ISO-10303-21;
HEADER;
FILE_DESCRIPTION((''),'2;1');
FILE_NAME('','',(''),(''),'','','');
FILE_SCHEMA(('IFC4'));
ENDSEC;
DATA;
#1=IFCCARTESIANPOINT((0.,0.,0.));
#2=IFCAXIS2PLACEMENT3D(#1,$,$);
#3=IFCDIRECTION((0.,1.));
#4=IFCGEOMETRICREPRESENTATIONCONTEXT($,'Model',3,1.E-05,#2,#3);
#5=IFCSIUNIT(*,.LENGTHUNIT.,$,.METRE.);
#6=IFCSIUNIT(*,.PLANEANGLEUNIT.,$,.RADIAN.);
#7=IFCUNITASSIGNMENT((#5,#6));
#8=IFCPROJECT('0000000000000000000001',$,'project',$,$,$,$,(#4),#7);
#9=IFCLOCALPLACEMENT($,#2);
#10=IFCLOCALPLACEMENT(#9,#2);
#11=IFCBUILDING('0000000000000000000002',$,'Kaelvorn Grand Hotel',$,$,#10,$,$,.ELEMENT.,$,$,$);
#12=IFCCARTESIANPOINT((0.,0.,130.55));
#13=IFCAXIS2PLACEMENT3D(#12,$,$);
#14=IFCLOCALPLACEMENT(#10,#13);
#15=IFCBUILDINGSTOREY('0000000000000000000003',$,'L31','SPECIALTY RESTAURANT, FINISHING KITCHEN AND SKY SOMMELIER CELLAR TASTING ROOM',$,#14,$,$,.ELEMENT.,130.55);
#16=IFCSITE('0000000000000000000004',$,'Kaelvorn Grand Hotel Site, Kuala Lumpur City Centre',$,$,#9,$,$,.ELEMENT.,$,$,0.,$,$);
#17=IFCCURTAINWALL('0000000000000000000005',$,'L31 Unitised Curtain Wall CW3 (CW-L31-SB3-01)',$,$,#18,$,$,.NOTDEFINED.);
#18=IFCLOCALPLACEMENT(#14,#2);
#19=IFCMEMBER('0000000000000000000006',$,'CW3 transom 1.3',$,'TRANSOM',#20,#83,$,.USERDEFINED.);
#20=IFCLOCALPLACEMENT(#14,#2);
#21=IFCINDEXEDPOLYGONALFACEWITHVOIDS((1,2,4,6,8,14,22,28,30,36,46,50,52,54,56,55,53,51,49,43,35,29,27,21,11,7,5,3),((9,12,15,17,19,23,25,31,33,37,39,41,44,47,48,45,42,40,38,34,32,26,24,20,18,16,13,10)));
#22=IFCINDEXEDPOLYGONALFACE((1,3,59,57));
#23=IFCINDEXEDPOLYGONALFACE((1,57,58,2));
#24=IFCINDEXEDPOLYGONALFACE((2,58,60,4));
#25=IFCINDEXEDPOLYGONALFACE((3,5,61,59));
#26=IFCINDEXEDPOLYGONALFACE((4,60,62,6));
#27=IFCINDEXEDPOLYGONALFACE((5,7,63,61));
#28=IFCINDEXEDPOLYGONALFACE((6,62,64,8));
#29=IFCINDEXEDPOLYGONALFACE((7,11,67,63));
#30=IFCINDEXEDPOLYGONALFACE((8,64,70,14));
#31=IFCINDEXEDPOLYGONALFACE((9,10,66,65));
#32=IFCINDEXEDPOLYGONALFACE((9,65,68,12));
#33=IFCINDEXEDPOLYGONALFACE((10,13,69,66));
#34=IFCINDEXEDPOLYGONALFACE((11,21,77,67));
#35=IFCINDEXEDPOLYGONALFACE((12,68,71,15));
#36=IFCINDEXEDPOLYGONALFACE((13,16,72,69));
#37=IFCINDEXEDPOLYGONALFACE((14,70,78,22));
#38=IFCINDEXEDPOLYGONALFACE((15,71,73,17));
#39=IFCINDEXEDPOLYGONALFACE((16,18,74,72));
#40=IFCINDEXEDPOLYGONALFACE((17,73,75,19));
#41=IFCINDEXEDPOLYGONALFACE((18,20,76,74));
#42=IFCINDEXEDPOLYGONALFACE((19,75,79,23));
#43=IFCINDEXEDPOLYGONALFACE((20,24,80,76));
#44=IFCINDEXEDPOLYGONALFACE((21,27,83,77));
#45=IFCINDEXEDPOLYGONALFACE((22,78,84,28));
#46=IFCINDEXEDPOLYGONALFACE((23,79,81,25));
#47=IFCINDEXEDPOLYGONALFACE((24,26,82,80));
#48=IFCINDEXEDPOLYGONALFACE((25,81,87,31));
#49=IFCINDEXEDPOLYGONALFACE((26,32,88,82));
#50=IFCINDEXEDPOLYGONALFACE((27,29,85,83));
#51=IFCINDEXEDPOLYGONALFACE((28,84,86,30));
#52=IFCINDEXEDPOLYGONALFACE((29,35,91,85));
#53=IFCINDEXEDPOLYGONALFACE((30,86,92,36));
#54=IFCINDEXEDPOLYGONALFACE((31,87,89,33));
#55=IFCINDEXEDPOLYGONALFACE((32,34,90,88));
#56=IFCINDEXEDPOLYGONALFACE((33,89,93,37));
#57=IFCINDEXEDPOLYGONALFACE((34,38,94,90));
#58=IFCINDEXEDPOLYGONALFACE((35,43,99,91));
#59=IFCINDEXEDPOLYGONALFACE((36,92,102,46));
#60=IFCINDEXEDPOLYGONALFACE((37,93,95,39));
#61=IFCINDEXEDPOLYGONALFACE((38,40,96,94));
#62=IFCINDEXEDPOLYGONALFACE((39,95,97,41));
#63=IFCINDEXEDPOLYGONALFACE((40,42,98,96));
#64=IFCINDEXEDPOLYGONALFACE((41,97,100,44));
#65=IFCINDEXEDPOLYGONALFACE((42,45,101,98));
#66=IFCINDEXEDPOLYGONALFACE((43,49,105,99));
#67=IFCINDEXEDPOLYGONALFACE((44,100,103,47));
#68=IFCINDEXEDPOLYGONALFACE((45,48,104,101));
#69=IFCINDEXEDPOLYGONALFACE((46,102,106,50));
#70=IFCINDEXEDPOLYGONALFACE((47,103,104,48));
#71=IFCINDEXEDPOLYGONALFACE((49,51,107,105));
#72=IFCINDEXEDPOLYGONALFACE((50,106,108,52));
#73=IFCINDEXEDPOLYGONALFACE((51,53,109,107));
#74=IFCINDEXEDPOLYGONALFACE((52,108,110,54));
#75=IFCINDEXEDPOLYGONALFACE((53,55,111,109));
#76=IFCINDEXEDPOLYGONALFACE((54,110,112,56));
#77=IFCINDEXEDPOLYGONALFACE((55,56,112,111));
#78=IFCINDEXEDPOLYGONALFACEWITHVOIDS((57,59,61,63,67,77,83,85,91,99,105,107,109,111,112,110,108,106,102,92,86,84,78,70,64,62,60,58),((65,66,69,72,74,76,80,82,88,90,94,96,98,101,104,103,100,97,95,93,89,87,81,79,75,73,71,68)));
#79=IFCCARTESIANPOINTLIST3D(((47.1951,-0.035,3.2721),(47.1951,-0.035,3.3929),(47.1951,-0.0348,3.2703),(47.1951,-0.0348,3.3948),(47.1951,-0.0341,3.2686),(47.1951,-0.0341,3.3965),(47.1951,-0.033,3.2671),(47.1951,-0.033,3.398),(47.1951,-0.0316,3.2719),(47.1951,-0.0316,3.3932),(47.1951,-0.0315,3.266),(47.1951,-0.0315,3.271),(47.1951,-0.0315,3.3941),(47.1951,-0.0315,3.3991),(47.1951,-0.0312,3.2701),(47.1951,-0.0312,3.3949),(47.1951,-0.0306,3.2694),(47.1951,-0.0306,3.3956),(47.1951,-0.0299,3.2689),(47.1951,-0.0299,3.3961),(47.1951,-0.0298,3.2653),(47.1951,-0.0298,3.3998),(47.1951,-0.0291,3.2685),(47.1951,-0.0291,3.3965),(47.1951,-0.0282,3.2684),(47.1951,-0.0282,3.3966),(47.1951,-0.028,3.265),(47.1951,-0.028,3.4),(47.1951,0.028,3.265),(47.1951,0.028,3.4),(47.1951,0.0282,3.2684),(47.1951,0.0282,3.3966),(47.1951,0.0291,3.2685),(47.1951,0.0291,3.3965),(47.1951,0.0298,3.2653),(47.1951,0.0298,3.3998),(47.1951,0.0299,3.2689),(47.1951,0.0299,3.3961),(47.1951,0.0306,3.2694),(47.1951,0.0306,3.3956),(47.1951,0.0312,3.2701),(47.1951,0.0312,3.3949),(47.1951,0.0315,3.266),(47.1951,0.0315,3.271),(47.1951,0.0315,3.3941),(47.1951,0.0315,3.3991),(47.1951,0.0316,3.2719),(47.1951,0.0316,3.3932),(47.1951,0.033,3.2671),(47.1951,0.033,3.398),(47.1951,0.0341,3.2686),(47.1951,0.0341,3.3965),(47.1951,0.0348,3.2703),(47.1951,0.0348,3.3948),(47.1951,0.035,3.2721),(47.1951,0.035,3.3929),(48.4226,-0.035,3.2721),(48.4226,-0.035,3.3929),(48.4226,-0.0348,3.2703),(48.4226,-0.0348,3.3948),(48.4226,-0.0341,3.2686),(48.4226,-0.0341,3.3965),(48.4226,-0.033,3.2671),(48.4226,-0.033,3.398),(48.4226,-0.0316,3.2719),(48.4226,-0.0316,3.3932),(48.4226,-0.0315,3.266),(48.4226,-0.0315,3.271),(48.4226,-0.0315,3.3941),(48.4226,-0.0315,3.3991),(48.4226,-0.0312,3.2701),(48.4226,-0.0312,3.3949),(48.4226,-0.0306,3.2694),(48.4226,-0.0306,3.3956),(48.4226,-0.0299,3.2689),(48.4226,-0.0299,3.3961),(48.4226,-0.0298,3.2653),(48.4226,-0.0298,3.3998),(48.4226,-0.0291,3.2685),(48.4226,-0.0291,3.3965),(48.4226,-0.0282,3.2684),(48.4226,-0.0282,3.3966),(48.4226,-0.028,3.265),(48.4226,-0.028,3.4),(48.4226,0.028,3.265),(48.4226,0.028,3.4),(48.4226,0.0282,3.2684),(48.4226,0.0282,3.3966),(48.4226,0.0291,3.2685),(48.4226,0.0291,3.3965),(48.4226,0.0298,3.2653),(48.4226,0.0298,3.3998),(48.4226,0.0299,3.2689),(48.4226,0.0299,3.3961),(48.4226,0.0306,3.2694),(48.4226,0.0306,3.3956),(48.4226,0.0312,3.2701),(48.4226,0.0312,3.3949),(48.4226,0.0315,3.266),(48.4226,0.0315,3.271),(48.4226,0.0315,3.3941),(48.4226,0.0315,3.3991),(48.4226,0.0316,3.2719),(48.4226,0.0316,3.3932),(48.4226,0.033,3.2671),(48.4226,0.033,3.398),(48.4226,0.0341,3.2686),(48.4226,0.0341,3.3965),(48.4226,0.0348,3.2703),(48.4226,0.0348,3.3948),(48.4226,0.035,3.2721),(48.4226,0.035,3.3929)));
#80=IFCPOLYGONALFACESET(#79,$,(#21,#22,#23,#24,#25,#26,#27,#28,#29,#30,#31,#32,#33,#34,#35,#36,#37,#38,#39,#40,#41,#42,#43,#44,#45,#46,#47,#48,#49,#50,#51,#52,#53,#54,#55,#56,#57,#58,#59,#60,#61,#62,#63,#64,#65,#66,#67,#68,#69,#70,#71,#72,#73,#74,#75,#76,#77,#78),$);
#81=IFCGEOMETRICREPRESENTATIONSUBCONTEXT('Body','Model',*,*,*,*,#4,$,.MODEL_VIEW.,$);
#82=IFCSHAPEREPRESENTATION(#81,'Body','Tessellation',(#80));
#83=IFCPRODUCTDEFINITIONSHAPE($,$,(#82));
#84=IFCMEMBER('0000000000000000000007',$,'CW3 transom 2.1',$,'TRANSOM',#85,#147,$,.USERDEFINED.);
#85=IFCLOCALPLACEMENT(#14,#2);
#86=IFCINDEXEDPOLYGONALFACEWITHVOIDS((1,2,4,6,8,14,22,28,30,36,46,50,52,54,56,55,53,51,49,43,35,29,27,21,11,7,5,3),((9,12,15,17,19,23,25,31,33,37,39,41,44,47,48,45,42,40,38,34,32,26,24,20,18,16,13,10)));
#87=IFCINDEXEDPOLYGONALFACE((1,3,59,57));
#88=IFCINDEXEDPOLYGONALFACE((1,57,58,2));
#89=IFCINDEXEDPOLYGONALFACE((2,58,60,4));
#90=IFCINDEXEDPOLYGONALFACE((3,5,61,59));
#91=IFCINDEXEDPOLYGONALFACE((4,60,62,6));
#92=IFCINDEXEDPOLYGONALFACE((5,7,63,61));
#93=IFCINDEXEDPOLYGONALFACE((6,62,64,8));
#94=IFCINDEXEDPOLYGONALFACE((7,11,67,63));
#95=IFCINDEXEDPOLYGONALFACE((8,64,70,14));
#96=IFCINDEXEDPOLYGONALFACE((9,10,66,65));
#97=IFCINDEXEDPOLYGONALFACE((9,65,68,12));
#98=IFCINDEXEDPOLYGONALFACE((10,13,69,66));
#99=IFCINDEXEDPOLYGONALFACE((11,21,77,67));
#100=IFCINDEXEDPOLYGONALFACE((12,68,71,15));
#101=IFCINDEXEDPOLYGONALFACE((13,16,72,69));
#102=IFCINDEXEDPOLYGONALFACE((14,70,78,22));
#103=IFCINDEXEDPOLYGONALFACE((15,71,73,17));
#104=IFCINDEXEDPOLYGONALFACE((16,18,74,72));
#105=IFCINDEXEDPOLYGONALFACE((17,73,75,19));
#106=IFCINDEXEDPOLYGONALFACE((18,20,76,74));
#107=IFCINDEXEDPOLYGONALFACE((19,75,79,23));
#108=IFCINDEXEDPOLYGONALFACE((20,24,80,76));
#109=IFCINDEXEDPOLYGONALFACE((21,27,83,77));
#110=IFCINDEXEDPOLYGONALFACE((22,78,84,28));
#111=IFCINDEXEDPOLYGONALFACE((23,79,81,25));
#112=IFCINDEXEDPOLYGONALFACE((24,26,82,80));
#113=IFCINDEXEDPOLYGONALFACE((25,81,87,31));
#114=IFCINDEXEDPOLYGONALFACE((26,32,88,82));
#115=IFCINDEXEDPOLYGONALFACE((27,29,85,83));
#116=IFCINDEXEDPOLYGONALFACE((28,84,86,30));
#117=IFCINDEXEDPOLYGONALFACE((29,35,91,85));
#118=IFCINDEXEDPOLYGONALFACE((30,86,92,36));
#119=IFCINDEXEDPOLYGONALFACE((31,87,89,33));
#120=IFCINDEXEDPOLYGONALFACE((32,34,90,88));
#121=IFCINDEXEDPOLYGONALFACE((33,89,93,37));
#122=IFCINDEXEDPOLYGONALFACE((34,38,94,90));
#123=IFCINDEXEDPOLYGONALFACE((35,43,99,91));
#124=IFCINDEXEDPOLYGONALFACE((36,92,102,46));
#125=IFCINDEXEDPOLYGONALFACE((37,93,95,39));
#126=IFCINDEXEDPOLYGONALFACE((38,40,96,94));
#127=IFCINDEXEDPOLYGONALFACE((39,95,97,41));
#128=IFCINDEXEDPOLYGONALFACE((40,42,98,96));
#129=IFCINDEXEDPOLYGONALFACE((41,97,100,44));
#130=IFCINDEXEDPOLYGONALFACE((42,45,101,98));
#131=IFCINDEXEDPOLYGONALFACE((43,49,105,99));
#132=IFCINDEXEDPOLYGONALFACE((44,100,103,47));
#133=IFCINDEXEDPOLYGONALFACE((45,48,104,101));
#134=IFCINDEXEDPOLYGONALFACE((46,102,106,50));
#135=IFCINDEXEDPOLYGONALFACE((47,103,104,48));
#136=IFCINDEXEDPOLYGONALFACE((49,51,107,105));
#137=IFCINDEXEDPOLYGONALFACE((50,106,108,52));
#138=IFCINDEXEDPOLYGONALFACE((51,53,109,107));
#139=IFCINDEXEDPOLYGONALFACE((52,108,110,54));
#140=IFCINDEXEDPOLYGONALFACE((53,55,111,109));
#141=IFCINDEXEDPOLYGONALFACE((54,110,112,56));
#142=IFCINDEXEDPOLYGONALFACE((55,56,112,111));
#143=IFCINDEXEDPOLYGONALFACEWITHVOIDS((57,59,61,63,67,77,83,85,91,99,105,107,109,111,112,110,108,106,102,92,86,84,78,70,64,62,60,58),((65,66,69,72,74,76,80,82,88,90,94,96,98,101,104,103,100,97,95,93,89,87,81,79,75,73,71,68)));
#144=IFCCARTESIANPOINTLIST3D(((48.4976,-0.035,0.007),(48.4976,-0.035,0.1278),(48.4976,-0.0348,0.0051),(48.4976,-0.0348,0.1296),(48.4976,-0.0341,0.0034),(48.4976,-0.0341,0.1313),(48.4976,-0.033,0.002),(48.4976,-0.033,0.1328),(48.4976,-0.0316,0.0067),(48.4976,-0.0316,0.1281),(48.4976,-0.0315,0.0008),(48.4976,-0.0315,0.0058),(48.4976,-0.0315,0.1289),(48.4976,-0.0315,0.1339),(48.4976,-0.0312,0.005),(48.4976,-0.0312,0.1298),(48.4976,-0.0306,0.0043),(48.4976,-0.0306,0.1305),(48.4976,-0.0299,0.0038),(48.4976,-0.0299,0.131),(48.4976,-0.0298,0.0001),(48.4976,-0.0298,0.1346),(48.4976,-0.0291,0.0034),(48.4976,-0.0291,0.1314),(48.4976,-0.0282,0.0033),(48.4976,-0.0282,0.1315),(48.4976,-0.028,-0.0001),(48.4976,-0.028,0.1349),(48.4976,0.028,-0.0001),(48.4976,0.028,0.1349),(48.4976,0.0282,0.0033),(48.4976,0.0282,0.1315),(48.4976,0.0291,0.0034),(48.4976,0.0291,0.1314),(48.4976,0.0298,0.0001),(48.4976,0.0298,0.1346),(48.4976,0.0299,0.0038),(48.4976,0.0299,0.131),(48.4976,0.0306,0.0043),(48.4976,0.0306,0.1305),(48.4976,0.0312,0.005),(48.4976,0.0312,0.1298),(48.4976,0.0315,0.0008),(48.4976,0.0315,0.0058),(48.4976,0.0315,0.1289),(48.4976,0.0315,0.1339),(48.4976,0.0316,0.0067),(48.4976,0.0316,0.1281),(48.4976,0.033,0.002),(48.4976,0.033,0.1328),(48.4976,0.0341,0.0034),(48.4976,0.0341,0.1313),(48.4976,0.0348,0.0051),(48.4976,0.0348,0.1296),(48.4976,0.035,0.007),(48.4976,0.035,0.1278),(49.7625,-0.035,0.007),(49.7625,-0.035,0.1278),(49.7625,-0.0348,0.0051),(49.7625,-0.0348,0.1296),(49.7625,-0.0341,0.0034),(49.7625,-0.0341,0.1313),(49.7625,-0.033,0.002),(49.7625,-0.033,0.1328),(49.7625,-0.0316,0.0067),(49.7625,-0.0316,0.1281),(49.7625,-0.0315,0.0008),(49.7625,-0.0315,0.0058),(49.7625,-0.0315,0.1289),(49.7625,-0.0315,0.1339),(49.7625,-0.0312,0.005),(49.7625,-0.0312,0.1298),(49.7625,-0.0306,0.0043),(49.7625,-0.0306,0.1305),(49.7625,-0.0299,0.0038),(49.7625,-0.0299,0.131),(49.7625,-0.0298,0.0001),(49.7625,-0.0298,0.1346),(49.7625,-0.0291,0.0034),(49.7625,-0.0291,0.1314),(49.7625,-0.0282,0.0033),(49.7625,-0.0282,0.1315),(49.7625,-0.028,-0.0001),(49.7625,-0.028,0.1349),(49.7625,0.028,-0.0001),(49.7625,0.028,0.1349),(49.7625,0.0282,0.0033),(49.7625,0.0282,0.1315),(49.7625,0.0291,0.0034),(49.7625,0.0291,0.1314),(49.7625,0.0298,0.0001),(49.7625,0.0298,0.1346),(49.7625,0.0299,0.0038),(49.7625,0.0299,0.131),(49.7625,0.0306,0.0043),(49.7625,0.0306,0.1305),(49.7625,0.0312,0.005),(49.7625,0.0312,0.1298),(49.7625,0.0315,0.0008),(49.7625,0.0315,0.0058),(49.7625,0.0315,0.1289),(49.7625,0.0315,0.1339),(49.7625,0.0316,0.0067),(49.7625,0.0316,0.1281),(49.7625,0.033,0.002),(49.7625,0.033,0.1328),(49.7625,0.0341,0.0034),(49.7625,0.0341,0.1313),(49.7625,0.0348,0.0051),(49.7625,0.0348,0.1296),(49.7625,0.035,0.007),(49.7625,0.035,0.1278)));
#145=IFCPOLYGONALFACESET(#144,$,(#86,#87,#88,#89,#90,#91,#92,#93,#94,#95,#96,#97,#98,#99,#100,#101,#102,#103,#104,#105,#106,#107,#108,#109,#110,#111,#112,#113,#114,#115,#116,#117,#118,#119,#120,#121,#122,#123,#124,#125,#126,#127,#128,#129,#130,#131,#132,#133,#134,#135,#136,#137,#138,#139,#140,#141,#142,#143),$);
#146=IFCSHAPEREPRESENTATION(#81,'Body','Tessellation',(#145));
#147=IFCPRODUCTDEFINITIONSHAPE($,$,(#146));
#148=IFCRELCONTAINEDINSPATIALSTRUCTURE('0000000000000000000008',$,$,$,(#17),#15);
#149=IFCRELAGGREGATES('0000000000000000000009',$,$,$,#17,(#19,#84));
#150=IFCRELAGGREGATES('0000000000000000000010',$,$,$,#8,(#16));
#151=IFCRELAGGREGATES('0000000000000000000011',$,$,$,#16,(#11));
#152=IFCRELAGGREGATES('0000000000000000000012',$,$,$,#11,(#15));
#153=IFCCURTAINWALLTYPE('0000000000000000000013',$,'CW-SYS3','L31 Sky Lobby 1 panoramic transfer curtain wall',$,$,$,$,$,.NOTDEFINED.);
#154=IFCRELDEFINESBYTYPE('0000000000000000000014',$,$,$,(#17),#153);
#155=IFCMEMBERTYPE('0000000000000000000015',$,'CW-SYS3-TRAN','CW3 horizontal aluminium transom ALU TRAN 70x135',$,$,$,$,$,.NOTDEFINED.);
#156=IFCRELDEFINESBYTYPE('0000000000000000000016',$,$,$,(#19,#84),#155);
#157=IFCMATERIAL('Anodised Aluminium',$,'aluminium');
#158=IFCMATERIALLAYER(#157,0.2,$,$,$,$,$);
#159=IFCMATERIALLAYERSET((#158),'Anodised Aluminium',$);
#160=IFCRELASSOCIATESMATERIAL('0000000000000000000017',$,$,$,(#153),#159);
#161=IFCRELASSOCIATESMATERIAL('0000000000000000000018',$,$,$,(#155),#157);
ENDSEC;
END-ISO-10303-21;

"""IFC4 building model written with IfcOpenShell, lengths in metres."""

from ifc_helpers import new_model, si_unit, direction, frame, origin, origin_2d, place, context, subcontext, project, spatial, hollow_rectangle, extrude, material, layer, layer_set, material_profile, profile_set, type_object, element, aggregate, save


model = new_model("IFC4")

# Units and contexts
model_context = context("Model", 3, precision=1e-05, world=origin(), true_north=direction((0.0, 1.0)))
body_context = subcontext(model_context, "Body", "Model", "MODEL_VIEW")
ifc_project = project(units=[si_unit("LENGTHUNIT", "METRE"), si_unit("PLANEANGLEUNIT", "RADIAN")], contexts=[model_context])

# Site, building, storey
site_placement = place(None, origin())
site = spatial("IfcSite", under=ifc_project, at=site_placement, Name="Kaelvorn Grand Hotel Site, Kuala Lumpur City Centre", CompositionType="ELEMENT", RefElevation=0.0)
building_placement = place(site_placement, origin())
building = spatial("IfcBuilding", under=site, at=building_placement, Name="Kaelvorn Grand Hotel", CompositionType="ELEMENT")
storey_placement = place(building_placement, frame((0.0, 0.0, 130.55)))
storey = spatial("IfcBuildingStorey", under=building, at=storey_placement, Name="L31", Description="SPECIALTY RESTAURANT, FINISHING KITCHEN AND SKY SOMMELIER CELLAR TASTING ROOM", CompositionType="ELEMENT", Elevation=130.55)

# Curtain wall, members
ifc_material_1 = material(Name="Anodised Aluminium", Category="aluminium")
ifc_layer_1 = layer(ifc_material_1, 0.2)
ifc_layer_set_1 = layer_set([ifc_layer_1], Name="Anodised Aluminium")
curtain_wall_type = type_object("IfcCurtainWallType", Name="CW-SYS3", Description="L31 Sky Lobby 1 panoramic transfer curtain wall", PredefinedType="NOTDEFINED", material=ifc_layer_set_1)
curtain_wall_placement = place(storey_placement, origin())
curtain_wall = element("IfcCurtainWall", 1, at=curtain_wall_placement, inside=storey, type_object=curtain_wall_type, Name="L31 Unitised Curtain Wall CW3 (CW-L31-SB3-01)", PredefinedType="NOTDEFINED")
ifc_material_profile_1 = material_profile(ifc_material_1, hollow_rectangle(XDim=0.0701, YDim=0.135, WallThickness=0.0034, InnerFilletRadius=0.0034, OuterFilletRadius=0.0071, at=origin_2d()), Name="ALU TRAN 70x135")
ifc_profile_set_1 = profile_set([ifc_material_profile_1], Name="Anodised Aluminium")
member_type_1 = type_object("IfcMemberType", Name="CW-SYS3-TRAN", Description="CW3 horizontal aluminium transom ALU TRAN 70x135", PredefinedType="NOTDEFINED", material=ifc_profile_set_1)
member_1_placement = place(storey_placement, frame((47.1951, 0.0, 3.3325), z_axis=(1.0, 0.0, 0.0), x_axis=(0.0, 1.0, 0.0)))
member_1 = element("IfcMember", 2, at=member_1_placement, type_object=member_type_1, Name="CW3 transom 1.3", ObjectType="TRANSOM", PredefinedType="USERDEFINED", context=body_context, shape_type="SweptSolid", body=[
    extrude(hollow_rectangle(XDim=0.0701, YDim=0.135, WallThickness=0.0034, InnerFilletRadius=0.0034, OuterFilletRadius=0.0071, at=origin_2d()), origin(), (0.0, 0.0, 1.0), 1.2275),
])
member_2_placement = place(storey_placement, frame((48.4976, 0.0, 0.0674), z_axis=(1.0, 0.0, 0.0), x_axis=(0.0, 1.0, 0.0)))
member_2 = element("IfcMember", 3, at=member_2_placement, type_object=member_type_1, Name="CW3 transom 2.1", ObjectType="TRANSOM", PredefinedType="USERDEFINED", context=body_context, shape_type="SweptSolid", body=[
    extrude(hollow_rectangle(XDim=0.0701, YDim=0.135, WallThickness=0.0034, InnerFilletRadius=0.0034, OuterFilletRadius=0.0071, at=origin_2d()), origin(), (0.0, 0.0, 1.0), 1.2649),
])
aggregate(curtain_wall, [member_1, member_2])

save(model, "model.ifc")
